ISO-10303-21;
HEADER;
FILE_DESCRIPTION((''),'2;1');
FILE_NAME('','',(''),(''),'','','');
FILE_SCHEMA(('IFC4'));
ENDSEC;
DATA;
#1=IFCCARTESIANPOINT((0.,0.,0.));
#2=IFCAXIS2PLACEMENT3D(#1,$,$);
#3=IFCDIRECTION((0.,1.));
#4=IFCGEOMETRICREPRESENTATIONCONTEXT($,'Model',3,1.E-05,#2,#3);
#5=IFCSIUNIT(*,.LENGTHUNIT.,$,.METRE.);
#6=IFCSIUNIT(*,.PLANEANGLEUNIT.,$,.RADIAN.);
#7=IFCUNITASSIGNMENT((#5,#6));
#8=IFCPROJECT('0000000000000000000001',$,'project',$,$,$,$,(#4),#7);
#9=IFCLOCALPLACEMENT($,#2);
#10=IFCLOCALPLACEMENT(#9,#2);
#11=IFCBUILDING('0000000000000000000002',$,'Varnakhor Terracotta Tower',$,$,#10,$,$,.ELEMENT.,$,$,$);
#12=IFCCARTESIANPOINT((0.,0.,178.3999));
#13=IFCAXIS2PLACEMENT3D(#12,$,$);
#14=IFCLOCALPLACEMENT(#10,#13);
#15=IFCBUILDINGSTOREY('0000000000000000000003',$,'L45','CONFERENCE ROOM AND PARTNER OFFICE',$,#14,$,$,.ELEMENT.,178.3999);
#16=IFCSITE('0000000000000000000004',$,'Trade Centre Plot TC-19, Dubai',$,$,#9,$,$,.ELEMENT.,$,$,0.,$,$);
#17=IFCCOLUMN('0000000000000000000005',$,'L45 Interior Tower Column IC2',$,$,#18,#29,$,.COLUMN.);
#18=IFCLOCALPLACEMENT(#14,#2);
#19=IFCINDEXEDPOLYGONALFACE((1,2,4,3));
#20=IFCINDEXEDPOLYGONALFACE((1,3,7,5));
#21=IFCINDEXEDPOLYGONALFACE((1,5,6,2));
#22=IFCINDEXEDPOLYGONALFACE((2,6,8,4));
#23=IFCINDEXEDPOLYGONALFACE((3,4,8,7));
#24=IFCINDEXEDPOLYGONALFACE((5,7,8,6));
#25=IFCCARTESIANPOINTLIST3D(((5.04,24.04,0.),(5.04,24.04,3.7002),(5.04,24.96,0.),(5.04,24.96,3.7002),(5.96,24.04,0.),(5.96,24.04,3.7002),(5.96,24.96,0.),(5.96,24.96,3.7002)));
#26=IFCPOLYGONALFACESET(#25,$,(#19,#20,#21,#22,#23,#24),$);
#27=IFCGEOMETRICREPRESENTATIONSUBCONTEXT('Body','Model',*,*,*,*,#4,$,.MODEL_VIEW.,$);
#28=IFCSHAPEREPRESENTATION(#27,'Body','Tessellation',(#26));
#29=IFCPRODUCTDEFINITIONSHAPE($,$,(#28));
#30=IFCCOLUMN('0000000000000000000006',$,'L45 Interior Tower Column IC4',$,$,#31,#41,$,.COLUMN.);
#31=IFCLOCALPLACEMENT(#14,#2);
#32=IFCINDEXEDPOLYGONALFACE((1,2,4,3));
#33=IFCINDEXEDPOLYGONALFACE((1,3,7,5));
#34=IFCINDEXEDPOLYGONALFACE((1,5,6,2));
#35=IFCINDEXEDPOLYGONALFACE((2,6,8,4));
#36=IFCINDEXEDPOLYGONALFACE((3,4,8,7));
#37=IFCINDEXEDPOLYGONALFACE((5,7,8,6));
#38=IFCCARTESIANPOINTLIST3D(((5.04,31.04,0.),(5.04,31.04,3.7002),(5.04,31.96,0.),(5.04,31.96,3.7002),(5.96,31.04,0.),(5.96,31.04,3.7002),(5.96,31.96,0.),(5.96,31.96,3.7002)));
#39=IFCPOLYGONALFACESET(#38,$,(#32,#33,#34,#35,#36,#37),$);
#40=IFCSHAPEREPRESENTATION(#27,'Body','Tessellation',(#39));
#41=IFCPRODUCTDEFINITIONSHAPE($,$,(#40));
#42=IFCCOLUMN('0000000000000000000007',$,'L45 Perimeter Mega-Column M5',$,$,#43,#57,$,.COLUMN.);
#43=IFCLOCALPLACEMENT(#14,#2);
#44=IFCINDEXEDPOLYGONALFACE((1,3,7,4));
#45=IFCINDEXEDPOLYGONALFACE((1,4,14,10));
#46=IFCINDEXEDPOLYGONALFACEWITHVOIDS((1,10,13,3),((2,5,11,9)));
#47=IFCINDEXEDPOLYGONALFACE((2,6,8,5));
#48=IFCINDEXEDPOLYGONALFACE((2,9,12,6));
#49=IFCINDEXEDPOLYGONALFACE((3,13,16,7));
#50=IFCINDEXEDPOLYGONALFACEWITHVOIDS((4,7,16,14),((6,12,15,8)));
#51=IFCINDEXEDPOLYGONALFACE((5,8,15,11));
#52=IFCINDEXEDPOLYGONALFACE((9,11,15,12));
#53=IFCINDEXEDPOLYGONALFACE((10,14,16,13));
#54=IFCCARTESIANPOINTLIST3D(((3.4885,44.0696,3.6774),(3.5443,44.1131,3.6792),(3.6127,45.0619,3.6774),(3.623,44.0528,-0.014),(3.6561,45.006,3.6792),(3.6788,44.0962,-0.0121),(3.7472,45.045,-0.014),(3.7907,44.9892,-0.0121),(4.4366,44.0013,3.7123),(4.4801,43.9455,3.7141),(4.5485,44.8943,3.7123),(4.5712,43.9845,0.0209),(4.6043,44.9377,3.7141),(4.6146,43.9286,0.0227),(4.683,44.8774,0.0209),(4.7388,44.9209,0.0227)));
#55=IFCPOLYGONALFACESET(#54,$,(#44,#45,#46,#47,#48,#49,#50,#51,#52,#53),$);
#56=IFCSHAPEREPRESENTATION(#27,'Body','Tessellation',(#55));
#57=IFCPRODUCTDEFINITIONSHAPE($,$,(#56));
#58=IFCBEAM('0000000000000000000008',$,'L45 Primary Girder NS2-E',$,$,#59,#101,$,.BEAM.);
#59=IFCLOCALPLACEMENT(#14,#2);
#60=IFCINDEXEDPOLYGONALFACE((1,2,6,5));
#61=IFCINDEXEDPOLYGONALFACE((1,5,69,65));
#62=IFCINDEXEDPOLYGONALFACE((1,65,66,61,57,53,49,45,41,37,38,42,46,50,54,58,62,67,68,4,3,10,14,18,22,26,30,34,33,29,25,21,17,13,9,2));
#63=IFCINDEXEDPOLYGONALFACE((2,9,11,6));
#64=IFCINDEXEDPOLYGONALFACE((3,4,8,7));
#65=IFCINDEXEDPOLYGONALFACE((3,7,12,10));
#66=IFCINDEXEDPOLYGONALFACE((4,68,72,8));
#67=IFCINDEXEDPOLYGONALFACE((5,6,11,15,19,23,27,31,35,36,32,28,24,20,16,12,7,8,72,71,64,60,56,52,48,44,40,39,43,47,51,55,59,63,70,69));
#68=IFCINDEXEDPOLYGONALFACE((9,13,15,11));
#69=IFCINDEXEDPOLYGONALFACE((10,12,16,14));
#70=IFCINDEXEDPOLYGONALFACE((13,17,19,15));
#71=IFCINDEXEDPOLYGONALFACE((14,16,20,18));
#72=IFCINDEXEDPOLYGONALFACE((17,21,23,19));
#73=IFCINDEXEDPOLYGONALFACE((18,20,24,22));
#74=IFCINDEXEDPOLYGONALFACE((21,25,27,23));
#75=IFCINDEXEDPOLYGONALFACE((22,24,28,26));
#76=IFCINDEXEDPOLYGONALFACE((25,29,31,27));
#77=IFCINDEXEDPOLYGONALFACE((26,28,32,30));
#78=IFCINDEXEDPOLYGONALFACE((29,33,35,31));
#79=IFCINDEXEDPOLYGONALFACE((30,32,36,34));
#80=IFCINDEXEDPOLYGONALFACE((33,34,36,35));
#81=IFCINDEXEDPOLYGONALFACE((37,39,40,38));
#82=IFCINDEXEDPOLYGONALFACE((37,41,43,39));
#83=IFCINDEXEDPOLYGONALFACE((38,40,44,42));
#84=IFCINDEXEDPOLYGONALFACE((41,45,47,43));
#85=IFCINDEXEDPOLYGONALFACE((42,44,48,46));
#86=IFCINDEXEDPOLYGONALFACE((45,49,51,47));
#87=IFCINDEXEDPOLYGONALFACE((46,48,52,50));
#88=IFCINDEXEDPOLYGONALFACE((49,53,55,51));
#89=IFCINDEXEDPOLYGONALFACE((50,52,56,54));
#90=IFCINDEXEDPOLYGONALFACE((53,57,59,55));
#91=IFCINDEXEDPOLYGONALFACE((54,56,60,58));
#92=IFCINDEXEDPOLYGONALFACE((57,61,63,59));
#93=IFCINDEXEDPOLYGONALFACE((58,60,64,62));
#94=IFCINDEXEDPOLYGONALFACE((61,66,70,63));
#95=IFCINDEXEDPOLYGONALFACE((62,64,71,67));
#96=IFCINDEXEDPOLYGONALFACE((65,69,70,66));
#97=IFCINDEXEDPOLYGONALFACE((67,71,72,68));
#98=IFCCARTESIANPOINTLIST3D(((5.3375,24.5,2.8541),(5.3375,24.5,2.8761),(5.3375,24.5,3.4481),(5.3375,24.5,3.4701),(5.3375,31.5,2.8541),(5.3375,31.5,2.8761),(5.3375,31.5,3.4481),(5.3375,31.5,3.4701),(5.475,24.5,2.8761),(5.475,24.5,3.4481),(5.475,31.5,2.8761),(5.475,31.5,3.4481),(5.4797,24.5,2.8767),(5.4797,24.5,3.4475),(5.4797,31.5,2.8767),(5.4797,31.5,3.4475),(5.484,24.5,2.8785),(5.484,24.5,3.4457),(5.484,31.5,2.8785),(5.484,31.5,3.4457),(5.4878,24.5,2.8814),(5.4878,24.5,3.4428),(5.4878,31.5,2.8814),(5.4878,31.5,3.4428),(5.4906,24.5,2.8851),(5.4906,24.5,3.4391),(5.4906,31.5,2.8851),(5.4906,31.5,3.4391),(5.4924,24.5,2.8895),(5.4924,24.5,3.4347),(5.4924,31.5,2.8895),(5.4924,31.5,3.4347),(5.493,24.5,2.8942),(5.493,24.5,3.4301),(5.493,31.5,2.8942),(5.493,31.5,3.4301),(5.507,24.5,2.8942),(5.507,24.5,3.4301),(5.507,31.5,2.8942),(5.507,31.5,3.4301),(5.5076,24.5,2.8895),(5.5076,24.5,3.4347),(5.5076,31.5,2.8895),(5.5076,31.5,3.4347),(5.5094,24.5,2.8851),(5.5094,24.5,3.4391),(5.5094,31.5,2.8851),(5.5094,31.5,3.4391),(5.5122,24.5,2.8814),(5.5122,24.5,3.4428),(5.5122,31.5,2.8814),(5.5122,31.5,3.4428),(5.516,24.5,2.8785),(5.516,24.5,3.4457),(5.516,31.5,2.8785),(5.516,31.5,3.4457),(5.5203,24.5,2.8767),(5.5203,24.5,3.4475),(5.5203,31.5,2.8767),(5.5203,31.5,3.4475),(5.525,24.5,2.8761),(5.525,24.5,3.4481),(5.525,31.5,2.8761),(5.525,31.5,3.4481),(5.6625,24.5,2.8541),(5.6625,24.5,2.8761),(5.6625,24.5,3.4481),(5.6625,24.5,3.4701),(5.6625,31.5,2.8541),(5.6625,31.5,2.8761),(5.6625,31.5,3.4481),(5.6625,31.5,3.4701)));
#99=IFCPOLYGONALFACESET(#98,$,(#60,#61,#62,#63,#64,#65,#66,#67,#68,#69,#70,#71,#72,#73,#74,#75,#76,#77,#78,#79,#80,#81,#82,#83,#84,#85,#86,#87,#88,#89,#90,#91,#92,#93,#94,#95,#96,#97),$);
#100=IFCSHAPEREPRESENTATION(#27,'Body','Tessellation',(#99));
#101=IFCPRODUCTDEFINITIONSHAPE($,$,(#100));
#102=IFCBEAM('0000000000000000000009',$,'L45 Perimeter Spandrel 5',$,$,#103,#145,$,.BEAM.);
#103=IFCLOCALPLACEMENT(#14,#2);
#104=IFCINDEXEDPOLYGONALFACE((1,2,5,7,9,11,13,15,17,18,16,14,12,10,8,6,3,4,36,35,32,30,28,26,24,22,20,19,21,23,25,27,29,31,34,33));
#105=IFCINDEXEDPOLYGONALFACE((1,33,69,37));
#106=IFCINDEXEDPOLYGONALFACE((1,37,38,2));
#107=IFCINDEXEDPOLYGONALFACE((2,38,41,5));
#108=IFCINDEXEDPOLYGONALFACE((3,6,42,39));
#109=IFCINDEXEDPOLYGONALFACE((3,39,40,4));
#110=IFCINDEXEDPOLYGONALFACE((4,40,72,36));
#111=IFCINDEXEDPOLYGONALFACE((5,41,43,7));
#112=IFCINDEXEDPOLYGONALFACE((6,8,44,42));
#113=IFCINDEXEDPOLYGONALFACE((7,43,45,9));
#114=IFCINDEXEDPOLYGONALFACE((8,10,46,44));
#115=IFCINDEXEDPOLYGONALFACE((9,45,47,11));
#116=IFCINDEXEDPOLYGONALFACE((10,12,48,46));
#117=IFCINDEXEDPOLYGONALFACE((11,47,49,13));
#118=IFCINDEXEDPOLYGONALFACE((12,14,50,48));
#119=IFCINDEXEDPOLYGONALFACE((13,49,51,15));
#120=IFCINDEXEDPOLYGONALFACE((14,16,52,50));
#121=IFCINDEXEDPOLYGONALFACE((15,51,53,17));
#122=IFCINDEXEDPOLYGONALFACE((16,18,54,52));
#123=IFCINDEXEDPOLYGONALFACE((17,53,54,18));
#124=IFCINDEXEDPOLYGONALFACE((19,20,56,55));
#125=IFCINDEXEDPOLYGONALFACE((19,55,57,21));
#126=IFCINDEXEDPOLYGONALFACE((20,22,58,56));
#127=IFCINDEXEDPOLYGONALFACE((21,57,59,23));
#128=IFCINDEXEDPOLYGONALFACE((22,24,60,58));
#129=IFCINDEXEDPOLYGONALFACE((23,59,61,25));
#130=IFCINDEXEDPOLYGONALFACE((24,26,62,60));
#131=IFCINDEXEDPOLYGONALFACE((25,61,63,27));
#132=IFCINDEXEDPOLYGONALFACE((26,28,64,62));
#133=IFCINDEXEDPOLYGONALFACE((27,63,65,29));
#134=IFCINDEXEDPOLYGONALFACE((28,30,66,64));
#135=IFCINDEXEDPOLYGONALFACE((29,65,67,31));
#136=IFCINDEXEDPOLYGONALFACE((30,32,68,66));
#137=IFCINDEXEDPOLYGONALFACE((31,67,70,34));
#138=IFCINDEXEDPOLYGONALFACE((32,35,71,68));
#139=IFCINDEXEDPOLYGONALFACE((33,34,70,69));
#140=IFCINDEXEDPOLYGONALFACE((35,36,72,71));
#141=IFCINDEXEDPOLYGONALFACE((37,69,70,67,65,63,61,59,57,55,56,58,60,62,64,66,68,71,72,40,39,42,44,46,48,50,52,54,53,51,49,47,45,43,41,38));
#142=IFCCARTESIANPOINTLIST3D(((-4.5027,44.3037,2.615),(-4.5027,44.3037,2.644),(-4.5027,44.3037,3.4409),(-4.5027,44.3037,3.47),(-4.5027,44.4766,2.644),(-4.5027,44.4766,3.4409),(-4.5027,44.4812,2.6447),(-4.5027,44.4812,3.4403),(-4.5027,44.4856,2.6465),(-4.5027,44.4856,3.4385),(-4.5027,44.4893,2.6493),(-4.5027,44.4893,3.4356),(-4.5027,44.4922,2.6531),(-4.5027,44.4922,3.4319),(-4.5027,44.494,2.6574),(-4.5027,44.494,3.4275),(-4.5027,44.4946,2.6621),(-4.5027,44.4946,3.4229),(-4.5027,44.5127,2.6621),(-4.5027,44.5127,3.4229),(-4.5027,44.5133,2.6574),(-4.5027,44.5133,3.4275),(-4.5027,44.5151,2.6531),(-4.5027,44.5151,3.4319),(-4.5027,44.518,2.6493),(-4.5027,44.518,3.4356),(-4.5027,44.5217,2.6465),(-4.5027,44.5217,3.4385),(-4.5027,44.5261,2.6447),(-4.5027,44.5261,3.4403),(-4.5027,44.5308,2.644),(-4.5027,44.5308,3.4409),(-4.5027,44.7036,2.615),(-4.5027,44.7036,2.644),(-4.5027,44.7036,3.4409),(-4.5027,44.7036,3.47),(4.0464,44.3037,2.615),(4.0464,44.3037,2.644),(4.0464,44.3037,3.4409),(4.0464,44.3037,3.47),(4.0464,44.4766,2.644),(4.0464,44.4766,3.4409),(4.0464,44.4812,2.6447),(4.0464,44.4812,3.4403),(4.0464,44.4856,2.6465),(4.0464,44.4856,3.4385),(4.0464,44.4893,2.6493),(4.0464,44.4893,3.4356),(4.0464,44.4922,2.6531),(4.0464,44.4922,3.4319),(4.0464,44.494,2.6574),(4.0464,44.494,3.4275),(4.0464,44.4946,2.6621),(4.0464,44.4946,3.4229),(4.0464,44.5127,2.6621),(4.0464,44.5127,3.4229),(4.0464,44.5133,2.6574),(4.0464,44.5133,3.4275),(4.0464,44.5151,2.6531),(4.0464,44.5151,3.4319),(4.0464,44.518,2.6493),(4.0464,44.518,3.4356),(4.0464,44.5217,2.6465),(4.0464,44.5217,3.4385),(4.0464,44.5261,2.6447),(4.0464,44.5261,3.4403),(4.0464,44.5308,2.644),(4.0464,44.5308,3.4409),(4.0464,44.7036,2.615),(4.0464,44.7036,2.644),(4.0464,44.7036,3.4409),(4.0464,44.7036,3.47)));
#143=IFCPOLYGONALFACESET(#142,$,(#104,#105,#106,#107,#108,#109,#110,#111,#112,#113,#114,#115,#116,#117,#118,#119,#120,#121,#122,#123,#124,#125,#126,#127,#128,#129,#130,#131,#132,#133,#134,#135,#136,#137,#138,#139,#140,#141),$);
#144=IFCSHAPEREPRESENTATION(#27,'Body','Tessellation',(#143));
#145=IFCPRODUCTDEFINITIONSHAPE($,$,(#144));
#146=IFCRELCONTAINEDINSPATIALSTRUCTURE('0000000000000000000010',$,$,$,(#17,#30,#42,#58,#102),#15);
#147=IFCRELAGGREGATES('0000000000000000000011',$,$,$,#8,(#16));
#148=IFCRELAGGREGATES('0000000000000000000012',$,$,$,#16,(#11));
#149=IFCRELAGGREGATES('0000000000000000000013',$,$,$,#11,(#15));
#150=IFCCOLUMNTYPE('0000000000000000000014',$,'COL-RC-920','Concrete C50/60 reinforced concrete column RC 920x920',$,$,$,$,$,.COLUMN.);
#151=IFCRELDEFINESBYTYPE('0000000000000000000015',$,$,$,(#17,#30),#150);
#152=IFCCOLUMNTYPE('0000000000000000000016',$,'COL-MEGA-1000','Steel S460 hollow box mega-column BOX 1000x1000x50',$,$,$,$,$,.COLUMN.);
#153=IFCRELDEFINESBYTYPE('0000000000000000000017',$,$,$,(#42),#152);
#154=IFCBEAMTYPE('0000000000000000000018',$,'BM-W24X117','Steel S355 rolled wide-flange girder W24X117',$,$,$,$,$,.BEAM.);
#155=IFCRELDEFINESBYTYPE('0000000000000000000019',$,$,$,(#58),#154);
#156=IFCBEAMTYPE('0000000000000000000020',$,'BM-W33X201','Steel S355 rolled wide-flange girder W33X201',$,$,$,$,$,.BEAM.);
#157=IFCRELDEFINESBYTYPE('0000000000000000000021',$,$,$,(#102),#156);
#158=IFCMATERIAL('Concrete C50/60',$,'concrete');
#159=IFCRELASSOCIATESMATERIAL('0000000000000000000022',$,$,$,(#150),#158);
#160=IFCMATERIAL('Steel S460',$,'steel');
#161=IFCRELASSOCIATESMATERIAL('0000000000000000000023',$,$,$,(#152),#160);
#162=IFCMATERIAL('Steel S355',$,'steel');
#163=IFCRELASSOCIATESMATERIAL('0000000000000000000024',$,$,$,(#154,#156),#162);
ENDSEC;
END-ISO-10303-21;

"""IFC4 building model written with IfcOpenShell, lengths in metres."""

from ifc_helpers import new_model, si_unit, direction, frame, origin, origin_2d, place, context, subcontext, project, spatial, rectangle, hollow_rectangle, i_section, extrude, source, transform, mapped, material, material_profile, profile_set, type_object, element, save


model = new_model("IFC4")

# Units and contexts
model_context = context("Model", 3, precision=1e-05, world=origin(), true_north=direction((0.0, 1.0)))
body_context = subcontext(model_context, "Body", "Model", "MODEL_VIEW")
ifc_project = project(units=[si_unit("LENGTHUNIT", "METRE"), si_unit("PLANEANGLEUNIT", "RADIAN")], contexts=[model_context])

# Site, building, storey
site_placement = place(None, origin())
site = spatial("IfcSite", under=ifc_project, at=site_placement, Name="Trade Centre Plot TC-19, Dubai", CompositionType="ELEMENT", RefElevation=0.0)
building_placement = place(site_placement, origin())
building = spatial("IfcBuilding", under=site, at=building_placement, Name="Varnakhor Terracotta Tower", CompositionType="ELEMENT")
storey_placement = place(building_placement, frame((0.0, 0.0, 178.3999)))
storey = spatial("IfcBuildingStorey", under=building, at=storey_placement, Name="L45", Description="CONFERENCE ROOM AND PARTNER OFFICE", CompositionType="ELEMENT", Elevation=178.3999)

# Columns
ifc_material_1 = material(Name="Concrete C50/60", Category="concrete")
ifc_material_profile_1 = material_profile(ifc_material_1, rectangle(XDim=0.9199, YDim=0.9199, at=origin_2d()), Name="RC 920x920")
ifc_profile_set_1 = profile_set([ifc_material_profile_1], Name="Concrete C50/60")
column_type_1 = type_object("IfcColumnType", Name="COL-RC-920", Description="Concrete C50/60 reinforced concrete column RC 920x920", PredefinedType="COLUMN", material=ifc_profile_set_1)
shared_shape_1 = source(origin(), body_context, "Body", "SweptSolid", [
    extrude(rectangle(XDim=0.9199, YDim=0.9199, at=origin_2d()), origin(), (0.0, 0.0, 1.0), 3.7002),
])
for number, where, z_axis, x_axis, name in (
    (1, (5.5, 24.5, 0.0), (0.0, 0.0, 1.0), (1.0, 0.0, 0.0), "L45 Interior Tower Column IC2"),
    (2, (5.5, 31.5, 0.0), (0.0, 0.0, 1.0), (1.0, 0.0, 0.0), "L45 Interior Tower Column IC4"),
):
    element("IfcColumn", number, at=place(storey_placement, frame(where, z_axis=z_axis, x_axis=x_axis)), inside=storey, type_object=column_type_1, Name=name, PredefinedType="COLUMN", context=body_context, shape_type="MappedRepresentation", body=[
        mapped(shared_shape_1, transform((0.0, 0.0, 0.0), scale=1.0)),
    ])
ifc_material_2 = material(Name="Steel S460", Category="steel")
ifc_material_profile_2 = material_profile(ifc_material_2, hollow_rectangle(XDim=1.0, YDim=1.0, WallThickness=0.05, at=origin_2d()), Name="BOX 1000x1000x50")
ifc_profile_set_2 = profile_set([ifc_material_profile_2], Name="Steel S460")
column_type_2 = type_object("IfcColumnType", Name="COL-MEGA-1000", Description="Steel S460 hollow box mega-column BOX 1000x1000x50", PredefinedType="COLUMN", material=ifc_profile_set_2)
shared_shape_2 = source(origin(), body_context, "Body", "SweptSolid", [
    extrude(hollow_rectangle(XDim=1.0, YDim=1.0, WallThickness=0.05, at=origin_2d()), origin(), (0.0, 0.0, 1.0), 3.6938),
])
column_placement = place(storey_placement, frame((4.1809, 44.4868, 0.0044), z_axis=(-0.036417, 0.00456, 0.999326), x_axis=(-0.124256, -0.99225, 0.0)))
element("IfcColumn", 3, at=column_placement, inside=storey, type_object=column_type_2, Name="L45 Perimeter Mega-Column M5", PredefinedType="COLUMN", context=body_context, shape_type="MappedRepresentation", body=[
    mapped(shared_shape_2, transform((0.0, 0.0, 0.0), scale=1.0)),
])

# Beams
ifc_material_3 = material(Name="Steel S355", Category="steel")
ifc_material_profile_3 = material_profile(ifc_material_3, i_section(OverallWidth=0.325, OverallDepth=0.616, WebThickness=0.0139, FlangeThickness=0.022, FilletRadius=0.0181, at=origin_2d()), Name="W24X117")
ifc_profile_set_3 = profile_set([ifc_material_profile_3], Name="Steel S355")
beam_type_1 = type_object("IfcBeamType", Name="BM-W24X117", Description="Steel S355 rolled wide-flange girder W24X117", PredefinedType="BEAM", material=ifc_profile_set_3)
shared_shape_3 = source(origin(), body_context, "Body", "SweptSolid", [
    extrude(i_section(OverallWidth=0.325, OverallDepth=0.616, WebThickness=0.0139, FlangeThickness=0.022, FilletRadius=0.0181, at=origin_2d()), origin(), (0.0, 0.0, 1.0), 7.0),
])
beam_1_placement = place(storey_placement, frame((5.5, 24.5, 3.1621), z_axis=(0.0, 1.0, 0.0), x_axis=(-1.0, 0.0, 0.0)))
element("IfcBeam", 4, at=beam_1_placement, inside=storey, type_object=beam_type_1, Name="L45 Primary Girder NS2-E", PredefinedType="BEAM", context=body_context, shape_type="MappedRepresentation", body=[
    mapped(shared_shape_3, transform((0.0, 0.0, 0.0), scale=1.0)),
])
ifc_material_profile_4 = material_profile(ifc_material_3, i_section(OverallWidth=0.3999, OverallDepth=0.855, WebThickness=0.0181, FlangeThickness=0.0291, FilletRadius=0.0181, at=origin_2d()), Name="W33X201")
ifc_profile_set_4 = profile_set([ifc_material_profile_4], Name="Steel S355")
beam_type_2 = type_object("IfcBeamType", Name="BM-W33X201", Description="Steel S355 rolled wide-flange girder W33X201", PredefinedType="BEAM", material=ifc_profile_set_4)
shared_shape_4 = source(origin(), body_context, "Body", "SweptSolid", [
    extrude(i_section(OverallWidth=0.3999, OverallDepth=0.855, WebThickness=0.0181, FlangeThickness=0.0291, FilletRadius=0.0181, at=origin_2d()), origin(), (0.0, 0.0, 1.0), 8.5491),
])
beam_2_placement = place(storey_placement, frame((4.0464, 44.5037, 3.0425), z_axis=(-1.0, 0.0, 0.0), x_axis=(0.0, -1.0, 0.0)))
element("IfcBeam", 5, at=beam_2_placement, inside=storey, type_object=beam_type_2, Name="L45 Perimeter Spandrel 5", PredefinedType="BEAM", context=body_context, shape_type="MappedRepresentation", body=[
    mapped(shared_shape_4, transform((0.0, 0.0, 0.0), scale=1.0)),
])

save(model, "model.ifc")
